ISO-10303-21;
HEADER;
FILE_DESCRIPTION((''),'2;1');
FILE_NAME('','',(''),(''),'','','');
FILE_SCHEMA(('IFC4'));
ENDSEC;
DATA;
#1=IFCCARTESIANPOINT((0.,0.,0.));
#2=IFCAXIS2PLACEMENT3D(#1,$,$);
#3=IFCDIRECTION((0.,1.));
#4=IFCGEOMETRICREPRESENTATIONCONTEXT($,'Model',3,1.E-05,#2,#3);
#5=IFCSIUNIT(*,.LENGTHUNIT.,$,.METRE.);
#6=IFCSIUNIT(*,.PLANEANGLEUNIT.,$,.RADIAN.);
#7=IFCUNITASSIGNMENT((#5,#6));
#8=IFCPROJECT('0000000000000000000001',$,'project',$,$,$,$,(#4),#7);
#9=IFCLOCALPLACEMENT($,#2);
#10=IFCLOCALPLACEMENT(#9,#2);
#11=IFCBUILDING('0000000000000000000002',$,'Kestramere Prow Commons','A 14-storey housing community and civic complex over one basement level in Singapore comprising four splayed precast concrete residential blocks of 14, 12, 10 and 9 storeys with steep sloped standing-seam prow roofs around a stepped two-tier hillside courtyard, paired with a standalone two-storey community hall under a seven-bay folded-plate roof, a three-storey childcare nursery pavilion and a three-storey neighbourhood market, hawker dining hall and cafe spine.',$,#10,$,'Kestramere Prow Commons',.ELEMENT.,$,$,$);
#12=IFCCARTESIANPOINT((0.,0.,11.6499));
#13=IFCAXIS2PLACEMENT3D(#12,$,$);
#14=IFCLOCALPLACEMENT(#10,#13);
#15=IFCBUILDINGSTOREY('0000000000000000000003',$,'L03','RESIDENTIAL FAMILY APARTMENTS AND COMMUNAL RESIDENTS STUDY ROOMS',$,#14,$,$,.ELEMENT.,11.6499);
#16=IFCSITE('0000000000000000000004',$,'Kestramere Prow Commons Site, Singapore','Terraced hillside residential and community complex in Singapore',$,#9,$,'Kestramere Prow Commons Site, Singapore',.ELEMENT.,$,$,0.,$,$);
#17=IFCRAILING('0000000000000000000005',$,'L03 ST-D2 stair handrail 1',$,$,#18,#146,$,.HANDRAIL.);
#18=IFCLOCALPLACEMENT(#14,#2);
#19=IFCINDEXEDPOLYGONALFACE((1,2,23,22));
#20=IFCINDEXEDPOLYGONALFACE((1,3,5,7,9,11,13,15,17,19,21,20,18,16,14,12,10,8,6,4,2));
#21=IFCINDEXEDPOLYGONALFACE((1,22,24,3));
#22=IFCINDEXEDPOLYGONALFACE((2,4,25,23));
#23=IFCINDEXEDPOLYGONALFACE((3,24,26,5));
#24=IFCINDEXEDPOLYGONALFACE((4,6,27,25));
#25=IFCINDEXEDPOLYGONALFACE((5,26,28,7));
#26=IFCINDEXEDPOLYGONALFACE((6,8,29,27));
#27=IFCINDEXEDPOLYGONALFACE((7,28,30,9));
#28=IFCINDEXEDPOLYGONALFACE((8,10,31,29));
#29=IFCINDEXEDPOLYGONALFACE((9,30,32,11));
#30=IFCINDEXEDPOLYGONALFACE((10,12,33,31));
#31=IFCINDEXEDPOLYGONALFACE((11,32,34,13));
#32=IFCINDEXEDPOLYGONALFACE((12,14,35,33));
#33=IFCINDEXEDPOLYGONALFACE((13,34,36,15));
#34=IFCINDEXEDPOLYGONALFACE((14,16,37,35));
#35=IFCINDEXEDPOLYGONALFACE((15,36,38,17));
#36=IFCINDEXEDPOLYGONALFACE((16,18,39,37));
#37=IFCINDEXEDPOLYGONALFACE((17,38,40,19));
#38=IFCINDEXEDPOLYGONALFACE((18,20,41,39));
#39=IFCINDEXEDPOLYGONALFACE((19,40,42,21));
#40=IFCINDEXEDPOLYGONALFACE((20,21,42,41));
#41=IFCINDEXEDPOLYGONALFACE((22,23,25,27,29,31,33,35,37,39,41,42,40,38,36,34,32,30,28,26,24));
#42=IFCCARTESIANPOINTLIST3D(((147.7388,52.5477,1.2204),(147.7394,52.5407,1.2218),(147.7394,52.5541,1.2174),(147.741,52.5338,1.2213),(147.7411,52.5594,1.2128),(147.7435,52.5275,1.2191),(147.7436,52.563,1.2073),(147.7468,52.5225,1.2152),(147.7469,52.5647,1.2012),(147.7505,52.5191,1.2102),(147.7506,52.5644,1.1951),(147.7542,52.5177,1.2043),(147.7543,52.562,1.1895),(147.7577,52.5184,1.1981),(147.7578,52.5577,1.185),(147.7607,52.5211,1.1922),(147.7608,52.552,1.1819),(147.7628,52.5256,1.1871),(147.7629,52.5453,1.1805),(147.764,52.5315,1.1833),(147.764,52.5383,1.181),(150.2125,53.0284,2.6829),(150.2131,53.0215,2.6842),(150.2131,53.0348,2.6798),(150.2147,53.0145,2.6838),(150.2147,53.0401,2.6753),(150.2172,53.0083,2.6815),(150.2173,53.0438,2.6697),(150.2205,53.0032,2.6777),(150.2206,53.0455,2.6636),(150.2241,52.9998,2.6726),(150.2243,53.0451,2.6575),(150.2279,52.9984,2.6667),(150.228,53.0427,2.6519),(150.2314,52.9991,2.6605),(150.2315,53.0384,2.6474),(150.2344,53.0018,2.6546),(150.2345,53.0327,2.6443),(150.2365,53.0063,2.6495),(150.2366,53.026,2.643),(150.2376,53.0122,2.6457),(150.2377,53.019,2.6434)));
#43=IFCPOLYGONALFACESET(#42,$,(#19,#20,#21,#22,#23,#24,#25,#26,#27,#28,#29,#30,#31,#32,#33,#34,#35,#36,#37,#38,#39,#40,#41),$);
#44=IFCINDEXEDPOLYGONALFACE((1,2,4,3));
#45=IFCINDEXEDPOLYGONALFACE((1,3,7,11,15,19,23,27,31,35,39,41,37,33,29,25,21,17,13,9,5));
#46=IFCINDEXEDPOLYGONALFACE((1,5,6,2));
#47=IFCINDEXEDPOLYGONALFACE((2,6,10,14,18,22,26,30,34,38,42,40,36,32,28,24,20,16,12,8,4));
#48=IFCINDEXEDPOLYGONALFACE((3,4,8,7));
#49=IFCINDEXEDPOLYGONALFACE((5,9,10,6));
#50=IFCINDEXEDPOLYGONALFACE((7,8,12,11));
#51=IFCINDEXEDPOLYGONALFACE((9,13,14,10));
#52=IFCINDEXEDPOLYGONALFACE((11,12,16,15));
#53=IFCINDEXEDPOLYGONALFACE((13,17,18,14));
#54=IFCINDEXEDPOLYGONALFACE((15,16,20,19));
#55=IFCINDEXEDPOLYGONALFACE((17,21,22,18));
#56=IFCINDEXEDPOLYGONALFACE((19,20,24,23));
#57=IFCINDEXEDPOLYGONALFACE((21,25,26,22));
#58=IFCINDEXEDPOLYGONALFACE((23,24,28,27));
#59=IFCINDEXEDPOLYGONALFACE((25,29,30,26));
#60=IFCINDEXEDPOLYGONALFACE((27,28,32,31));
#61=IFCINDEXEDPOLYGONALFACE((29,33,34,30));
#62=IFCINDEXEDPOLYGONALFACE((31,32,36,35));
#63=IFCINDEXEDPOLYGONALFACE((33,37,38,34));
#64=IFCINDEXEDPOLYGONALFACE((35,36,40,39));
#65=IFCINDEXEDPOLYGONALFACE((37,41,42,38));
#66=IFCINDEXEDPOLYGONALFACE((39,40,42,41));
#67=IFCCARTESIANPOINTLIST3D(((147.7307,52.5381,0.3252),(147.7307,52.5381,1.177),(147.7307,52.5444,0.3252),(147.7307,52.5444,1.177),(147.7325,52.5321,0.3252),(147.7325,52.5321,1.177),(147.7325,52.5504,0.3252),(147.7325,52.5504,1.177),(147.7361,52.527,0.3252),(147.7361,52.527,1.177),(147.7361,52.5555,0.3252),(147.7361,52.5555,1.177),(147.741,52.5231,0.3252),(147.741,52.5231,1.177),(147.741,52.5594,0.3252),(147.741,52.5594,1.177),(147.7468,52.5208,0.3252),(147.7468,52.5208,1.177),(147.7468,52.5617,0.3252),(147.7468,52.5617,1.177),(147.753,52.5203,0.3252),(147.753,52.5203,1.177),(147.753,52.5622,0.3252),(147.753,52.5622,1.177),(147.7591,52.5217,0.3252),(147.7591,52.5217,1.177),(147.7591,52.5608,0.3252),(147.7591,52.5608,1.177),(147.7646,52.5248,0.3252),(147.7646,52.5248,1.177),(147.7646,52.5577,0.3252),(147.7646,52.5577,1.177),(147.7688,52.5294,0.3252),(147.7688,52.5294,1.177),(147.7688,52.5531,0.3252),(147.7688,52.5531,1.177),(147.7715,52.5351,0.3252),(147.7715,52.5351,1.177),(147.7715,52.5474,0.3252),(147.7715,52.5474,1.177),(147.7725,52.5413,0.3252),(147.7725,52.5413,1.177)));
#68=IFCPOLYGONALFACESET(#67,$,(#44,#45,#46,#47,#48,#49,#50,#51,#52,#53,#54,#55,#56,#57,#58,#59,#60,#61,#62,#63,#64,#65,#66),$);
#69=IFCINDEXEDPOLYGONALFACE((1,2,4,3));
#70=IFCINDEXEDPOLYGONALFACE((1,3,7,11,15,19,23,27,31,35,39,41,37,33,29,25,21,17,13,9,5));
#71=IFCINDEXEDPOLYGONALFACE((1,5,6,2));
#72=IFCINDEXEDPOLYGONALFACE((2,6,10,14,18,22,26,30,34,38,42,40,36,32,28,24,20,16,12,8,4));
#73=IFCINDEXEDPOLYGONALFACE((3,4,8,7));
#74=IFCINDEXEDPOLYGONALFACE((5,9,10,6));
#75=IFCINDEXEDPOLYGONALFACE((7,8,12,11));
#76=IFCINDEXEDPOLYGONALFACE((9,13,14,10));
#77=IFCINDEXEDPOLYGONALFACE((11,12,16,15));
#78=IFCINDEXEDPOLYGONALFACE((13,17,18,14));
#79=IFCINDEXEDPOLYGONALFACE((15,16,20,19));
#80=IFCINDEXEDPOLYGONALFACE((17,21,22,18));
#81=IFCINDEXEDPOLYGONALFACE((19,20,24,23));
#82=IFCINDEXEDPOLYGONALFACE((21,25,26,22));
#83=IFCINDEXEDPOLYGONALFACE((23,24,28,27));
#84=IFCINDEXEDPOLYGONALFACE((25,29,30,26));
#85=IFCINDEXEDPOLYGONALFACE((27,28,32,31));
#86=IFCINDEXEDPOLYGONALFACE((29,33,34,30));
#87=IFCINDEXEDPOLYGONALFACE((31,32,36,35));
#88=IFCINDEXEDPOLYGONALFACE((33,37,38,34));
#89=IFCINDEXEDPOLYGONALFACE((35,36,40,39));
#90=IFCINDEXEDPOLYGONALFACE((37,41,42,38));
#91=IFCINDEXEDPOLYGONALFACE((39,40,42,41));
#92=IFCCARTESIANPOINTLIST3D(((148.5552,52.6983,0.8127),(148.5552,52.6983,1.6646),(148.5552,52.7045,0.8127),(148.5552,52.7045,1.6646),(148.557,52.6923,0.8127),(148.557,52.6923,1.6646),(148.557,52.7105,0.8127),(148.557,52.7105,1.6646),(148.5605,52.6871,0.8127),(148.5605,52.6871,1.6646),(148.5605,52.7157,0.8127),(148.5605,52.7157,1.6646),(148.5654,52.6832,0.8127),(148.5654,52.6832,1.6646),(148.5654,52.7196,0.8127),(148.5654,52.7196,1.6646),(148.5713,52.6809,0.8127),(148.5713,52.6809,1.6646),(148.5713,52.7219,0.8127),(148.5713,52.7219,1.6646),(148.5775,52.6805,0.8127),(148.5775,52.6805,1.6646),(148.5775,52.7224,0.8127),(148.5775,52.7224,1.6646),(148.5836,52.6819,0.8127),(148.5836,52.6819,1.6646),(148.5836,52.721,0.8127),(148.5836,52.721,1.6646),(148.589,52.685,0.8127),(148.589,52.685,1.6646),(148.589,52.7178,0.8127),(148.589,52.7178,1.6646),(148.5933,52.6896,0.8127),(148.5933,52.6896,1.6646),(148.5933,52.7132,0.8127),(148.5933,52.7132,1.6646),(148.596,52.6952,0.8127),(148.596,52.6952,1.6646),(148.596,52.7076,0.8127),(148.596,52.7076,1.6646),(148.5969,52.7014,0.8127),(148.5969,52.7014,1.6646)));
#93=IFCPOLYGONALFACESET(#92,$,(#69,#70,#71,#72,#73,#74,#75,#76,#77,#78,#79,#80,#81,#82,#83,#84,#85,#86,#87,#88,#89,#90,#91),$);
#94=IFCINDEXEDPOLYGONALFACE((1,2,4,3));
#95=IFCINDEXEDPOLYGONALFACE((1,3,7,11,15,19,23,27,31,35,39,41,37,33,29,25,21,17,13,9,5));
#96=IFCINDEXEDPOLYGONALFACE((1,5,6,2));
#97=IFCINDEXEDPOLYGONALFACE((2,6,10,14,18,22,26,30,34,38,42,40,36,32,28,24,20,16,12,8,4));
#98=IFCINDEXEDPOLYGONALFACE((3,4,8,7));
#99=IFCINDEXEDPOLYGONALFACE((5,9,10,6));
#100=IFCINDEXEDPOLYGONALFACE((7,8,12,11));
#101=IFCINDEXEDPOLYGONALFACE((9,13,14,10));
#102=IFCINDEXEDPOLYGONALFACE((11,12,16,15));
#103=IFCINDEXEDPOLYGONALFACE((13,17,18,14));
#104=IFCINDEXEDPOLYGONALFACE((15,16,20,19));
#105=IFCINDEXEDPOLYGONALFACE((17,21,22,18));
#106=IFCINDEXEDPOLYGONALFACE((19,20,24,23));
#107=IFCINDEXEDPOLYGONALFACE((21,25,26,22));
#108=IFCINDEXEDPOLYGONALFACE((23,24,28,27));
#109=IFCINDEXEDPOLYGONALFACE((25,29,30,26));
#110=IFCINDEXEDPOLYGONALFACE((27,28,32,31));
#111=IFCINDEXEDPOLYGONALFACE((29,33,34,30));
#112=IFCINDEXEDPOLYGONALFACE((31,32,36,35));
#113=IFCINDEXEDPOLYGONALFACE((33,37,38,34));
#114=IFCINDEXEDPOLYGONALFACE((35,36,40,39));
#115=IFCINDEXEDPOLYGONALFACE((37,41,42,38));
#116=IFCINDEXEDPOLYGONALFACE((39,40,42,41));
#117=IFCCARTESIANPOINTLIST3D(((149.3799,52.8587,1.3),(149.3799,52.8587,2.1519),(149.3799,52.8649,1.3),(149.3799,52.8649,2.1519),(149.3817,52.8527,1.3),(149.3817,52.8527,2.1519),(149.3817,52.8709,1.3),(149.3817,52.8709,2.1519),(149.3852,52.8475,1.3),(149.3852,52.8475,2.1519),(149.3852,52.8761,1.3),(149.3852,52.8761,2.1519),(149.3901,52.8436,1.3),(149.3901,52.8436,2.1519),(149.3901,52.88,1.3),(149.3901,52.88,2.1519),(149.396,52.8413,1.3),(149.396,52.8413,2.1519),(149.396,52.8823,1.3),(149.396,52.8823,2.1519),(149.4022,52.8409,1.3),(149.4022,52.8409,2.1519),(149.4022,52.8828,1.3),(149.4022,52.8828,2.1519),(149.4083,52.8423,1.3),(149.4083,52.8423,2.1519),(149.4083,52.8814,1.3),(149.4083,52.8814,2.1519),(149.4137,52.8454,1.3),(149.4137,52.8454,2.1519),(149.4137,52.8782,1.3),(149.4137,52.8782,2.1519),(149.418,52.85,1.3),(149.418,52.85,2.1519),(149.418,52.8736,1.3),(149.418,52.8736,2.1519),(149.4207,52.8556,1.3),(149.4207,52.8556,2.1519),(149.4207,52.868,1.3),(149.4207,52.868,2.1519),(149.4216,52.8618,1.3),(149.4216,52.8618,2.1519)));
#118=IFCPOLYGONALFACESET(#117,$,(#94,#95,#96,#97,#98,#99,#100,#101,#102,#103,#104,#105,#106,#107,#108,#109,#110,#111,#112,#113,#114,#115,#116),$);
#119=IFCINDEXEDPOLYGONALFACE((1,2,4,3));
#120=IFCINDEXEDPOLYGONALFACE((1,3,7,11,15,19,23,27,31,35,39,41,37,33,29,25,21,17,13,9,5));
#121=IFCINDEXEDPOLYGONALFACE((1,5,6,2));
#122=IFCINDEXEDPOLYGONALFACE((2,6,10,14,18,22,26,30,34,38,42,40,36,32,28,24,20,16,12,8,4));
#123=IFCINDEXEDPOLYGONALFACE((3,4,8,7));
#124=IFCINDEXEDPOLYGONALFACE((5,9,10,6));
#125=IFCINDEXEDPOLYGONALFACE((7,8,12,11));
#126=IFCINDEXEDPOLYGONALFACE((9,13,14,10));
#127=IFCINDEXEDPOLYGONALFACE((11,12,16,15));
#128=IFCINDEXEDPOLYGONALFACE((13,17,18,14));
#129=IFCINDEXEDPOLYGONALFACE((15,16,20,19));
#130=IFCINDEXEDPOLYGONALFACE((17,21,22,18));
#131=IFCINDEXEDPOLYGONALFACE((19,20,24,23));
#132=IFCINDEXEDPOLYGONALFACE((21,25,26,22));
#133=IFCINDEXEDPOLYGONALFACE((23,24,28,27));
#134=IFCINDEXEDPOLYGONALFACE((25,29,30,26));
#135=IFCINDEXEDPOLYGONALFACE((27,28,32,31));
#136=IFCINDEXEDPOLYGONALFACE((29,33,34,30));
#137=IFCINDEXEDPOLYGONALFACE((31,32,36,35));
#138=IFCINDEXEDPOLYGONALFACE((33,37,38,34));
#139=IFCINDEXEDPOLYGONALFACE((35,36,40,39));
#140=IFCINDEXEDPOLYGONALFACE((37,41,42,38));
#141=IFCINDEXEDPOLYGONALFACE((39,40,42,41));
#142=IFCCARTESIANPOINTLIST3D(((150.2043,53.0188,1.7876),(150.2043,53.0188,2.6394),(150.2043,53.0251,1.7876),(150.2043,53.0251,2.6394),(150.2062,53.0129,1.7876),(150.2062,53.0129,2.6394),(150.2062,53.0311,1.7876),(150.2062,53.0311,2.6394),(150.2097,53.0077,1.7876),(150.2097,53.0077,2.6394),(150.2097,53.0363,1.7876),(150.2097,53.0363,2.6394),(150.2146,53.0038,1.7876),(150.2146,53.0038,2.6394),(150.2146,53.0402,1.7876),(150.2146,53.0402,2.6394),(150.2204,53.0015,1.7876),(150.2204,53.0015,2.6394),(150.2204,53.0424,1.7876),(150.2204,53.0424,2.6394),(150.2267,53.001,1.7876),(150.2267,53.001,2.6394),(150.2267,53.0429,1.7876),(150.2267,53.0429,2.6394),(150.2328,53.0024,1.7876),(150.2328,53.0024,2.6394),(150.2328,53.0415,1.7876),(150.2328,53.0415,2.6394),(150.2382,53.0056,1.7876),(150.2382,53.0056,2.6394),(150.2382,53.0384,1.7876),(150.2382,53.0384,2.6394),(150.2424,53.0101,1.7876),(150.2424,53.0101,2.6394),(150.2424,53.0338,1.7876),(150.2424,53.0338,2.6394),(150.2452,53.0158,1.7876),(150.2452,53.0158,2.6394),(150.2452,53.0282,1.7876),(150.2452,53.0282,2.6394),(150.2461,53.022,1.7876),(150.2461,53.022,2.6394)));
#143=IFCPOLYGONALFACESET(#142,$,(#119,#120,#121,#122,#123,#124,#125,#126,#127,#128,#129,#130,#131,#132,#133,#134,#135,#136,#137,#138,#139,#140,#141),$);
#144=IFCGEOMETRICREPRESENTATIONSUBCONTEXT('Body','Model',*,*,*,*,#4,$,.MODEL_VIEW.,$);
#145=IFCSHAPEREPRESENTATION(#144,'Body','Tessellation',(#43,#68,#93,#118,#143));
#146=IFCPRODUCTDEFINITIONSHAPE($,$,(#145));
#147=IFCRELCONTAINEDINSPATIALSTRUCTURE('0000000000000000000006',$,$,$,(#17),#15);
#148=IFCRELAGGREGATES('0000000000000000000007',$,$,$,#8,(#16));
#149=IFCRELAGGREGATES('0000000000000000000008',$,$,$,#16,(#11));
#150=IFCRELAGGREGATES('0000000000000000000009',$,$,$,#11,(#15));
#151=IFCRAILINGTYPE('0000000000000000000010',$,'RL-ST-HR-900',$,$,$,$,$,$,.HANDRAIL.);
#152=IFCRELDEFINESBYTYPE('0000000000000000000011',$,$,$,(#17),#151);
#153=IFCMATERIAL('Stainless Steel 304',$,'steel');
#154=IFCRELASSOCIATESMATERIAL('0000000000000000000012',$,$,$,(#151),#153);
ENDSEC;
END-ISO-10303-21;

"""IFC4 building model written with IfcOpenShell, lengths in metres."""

from ifc_helpers import new_model, si_unit, direction, frame, origin, origin_2d, place, context, subcontext, project, spatial, circle, extrude, material, type_object, element, save


model = new_model("IFC4")

# Units and contexts
model_context = context("Model", 3, precision=1e-05, world=origin(), true_north=direction((0.0, 1.0)))
body_context = subcontext(model_context, "Body", "Model", "MODEL_VIEW")
ifc_project = project(units=[si_unit("LENGTHUNIT", "METRE"), si_unit("PLANEANGLEUNIT", "RADIAN")], contexts=[model_context])

# Site, building, storey
site_placement = place(None, origin())
site = spatial("IfcSite", under=ifc_project, at=site_placement, Name="Kestramere Prow Commons Site, Singapore", Description="Terraced hillside residential and community complex in Singapore", LongName="Kestramere Prow Commons Site, Singapore", CompositionType="ELEMENT", RefElevation=0.0)
building_placement = place(site_placement, origin())
building = spatial("IfcBuilding", under=site, at=building_placement, Name="Kestramere Prow Commons", Description="A 14-storey housing community and civic complex over one basement level in Singapore comprising four splayed precast concrete residential blocks of 14, 12, 10 and 9 storeys with steep sloped standing-seam prow roofs around a stepped two-tier hillside courtyard, paired with a standalone two-storey community hall under a seven-bay folded-plate roof, a three-storey childcare nursery pavilion and a three-storey neighbourhood market, hawker dining hall and cafe spine.", LongName="Kestramere Prow Commons", CompositionType="ELEMENT")
storey_placement = place(building_placement, frame((0.0, 0.0, 11.6499)))
storey = spatial("IfcBuildingStorey", under=building, at=storey_placement, Name="L03", Description="RESIDENTIAL FAMILY APARTMENTS AND COMMUNAL RESIDENTS STUDY ROOMS", CompositionType="ELEMENT", Elevation=11.6499)

# Railing
ifc_material_1 = material(Name="Stainless Steel 304", Category="steel")
railing_type_1 = type_object("IfcRailingType", Name="RL-ST-HR-900", PredefinedType="HANDRAIL", material=ifc_material_1)
railing_1_placement = place(storey_placement, frame((147.7515, 52.5413, 0.3252)))
element("IfcRailing", 1, at=railing_1_placement, inside=storey, type_object=railing_type_1, Name="L03 ST-D2 stair handrail 1", PredefinedType="HANDRAIL", context=body_context, shape_type="SweptSolid", body=[
    extrude(circle(Radius=0.0239, at=origin_2d()), frame((0.0, 0.0, 0.876), z_axis=(0.84902, 0.164994, 0.501938), x_axis=(-0.190766, 0.981636, 0.0)), (0.0, 0.0, 1.0), 2.9136),
    extrude(circle(Radius=0.021, at=origin_2d()), origin(), (0.0, 0.0, 1.0), 0.8518),
    extrude(circle(Radius=0.021, at=origin_2d()), frame((0.8245, 0.1602, 0.4875)), (0.0, 0.0, 1.0), 0.8518),
    extrude(circle(Radius=0.021, at=origin_2d()), frame((1.6492, 0.3206, 0.9749)), (0.0, 0.0, 1.0), 0.8518),
    extrude(circle(Radius=0.021, at=origin_2d()), frame((2.4736, 0.4807, 1.4624)), (0.0, 0.0, 1.0), 0.8518),
])

save(model, "model.ifc")
